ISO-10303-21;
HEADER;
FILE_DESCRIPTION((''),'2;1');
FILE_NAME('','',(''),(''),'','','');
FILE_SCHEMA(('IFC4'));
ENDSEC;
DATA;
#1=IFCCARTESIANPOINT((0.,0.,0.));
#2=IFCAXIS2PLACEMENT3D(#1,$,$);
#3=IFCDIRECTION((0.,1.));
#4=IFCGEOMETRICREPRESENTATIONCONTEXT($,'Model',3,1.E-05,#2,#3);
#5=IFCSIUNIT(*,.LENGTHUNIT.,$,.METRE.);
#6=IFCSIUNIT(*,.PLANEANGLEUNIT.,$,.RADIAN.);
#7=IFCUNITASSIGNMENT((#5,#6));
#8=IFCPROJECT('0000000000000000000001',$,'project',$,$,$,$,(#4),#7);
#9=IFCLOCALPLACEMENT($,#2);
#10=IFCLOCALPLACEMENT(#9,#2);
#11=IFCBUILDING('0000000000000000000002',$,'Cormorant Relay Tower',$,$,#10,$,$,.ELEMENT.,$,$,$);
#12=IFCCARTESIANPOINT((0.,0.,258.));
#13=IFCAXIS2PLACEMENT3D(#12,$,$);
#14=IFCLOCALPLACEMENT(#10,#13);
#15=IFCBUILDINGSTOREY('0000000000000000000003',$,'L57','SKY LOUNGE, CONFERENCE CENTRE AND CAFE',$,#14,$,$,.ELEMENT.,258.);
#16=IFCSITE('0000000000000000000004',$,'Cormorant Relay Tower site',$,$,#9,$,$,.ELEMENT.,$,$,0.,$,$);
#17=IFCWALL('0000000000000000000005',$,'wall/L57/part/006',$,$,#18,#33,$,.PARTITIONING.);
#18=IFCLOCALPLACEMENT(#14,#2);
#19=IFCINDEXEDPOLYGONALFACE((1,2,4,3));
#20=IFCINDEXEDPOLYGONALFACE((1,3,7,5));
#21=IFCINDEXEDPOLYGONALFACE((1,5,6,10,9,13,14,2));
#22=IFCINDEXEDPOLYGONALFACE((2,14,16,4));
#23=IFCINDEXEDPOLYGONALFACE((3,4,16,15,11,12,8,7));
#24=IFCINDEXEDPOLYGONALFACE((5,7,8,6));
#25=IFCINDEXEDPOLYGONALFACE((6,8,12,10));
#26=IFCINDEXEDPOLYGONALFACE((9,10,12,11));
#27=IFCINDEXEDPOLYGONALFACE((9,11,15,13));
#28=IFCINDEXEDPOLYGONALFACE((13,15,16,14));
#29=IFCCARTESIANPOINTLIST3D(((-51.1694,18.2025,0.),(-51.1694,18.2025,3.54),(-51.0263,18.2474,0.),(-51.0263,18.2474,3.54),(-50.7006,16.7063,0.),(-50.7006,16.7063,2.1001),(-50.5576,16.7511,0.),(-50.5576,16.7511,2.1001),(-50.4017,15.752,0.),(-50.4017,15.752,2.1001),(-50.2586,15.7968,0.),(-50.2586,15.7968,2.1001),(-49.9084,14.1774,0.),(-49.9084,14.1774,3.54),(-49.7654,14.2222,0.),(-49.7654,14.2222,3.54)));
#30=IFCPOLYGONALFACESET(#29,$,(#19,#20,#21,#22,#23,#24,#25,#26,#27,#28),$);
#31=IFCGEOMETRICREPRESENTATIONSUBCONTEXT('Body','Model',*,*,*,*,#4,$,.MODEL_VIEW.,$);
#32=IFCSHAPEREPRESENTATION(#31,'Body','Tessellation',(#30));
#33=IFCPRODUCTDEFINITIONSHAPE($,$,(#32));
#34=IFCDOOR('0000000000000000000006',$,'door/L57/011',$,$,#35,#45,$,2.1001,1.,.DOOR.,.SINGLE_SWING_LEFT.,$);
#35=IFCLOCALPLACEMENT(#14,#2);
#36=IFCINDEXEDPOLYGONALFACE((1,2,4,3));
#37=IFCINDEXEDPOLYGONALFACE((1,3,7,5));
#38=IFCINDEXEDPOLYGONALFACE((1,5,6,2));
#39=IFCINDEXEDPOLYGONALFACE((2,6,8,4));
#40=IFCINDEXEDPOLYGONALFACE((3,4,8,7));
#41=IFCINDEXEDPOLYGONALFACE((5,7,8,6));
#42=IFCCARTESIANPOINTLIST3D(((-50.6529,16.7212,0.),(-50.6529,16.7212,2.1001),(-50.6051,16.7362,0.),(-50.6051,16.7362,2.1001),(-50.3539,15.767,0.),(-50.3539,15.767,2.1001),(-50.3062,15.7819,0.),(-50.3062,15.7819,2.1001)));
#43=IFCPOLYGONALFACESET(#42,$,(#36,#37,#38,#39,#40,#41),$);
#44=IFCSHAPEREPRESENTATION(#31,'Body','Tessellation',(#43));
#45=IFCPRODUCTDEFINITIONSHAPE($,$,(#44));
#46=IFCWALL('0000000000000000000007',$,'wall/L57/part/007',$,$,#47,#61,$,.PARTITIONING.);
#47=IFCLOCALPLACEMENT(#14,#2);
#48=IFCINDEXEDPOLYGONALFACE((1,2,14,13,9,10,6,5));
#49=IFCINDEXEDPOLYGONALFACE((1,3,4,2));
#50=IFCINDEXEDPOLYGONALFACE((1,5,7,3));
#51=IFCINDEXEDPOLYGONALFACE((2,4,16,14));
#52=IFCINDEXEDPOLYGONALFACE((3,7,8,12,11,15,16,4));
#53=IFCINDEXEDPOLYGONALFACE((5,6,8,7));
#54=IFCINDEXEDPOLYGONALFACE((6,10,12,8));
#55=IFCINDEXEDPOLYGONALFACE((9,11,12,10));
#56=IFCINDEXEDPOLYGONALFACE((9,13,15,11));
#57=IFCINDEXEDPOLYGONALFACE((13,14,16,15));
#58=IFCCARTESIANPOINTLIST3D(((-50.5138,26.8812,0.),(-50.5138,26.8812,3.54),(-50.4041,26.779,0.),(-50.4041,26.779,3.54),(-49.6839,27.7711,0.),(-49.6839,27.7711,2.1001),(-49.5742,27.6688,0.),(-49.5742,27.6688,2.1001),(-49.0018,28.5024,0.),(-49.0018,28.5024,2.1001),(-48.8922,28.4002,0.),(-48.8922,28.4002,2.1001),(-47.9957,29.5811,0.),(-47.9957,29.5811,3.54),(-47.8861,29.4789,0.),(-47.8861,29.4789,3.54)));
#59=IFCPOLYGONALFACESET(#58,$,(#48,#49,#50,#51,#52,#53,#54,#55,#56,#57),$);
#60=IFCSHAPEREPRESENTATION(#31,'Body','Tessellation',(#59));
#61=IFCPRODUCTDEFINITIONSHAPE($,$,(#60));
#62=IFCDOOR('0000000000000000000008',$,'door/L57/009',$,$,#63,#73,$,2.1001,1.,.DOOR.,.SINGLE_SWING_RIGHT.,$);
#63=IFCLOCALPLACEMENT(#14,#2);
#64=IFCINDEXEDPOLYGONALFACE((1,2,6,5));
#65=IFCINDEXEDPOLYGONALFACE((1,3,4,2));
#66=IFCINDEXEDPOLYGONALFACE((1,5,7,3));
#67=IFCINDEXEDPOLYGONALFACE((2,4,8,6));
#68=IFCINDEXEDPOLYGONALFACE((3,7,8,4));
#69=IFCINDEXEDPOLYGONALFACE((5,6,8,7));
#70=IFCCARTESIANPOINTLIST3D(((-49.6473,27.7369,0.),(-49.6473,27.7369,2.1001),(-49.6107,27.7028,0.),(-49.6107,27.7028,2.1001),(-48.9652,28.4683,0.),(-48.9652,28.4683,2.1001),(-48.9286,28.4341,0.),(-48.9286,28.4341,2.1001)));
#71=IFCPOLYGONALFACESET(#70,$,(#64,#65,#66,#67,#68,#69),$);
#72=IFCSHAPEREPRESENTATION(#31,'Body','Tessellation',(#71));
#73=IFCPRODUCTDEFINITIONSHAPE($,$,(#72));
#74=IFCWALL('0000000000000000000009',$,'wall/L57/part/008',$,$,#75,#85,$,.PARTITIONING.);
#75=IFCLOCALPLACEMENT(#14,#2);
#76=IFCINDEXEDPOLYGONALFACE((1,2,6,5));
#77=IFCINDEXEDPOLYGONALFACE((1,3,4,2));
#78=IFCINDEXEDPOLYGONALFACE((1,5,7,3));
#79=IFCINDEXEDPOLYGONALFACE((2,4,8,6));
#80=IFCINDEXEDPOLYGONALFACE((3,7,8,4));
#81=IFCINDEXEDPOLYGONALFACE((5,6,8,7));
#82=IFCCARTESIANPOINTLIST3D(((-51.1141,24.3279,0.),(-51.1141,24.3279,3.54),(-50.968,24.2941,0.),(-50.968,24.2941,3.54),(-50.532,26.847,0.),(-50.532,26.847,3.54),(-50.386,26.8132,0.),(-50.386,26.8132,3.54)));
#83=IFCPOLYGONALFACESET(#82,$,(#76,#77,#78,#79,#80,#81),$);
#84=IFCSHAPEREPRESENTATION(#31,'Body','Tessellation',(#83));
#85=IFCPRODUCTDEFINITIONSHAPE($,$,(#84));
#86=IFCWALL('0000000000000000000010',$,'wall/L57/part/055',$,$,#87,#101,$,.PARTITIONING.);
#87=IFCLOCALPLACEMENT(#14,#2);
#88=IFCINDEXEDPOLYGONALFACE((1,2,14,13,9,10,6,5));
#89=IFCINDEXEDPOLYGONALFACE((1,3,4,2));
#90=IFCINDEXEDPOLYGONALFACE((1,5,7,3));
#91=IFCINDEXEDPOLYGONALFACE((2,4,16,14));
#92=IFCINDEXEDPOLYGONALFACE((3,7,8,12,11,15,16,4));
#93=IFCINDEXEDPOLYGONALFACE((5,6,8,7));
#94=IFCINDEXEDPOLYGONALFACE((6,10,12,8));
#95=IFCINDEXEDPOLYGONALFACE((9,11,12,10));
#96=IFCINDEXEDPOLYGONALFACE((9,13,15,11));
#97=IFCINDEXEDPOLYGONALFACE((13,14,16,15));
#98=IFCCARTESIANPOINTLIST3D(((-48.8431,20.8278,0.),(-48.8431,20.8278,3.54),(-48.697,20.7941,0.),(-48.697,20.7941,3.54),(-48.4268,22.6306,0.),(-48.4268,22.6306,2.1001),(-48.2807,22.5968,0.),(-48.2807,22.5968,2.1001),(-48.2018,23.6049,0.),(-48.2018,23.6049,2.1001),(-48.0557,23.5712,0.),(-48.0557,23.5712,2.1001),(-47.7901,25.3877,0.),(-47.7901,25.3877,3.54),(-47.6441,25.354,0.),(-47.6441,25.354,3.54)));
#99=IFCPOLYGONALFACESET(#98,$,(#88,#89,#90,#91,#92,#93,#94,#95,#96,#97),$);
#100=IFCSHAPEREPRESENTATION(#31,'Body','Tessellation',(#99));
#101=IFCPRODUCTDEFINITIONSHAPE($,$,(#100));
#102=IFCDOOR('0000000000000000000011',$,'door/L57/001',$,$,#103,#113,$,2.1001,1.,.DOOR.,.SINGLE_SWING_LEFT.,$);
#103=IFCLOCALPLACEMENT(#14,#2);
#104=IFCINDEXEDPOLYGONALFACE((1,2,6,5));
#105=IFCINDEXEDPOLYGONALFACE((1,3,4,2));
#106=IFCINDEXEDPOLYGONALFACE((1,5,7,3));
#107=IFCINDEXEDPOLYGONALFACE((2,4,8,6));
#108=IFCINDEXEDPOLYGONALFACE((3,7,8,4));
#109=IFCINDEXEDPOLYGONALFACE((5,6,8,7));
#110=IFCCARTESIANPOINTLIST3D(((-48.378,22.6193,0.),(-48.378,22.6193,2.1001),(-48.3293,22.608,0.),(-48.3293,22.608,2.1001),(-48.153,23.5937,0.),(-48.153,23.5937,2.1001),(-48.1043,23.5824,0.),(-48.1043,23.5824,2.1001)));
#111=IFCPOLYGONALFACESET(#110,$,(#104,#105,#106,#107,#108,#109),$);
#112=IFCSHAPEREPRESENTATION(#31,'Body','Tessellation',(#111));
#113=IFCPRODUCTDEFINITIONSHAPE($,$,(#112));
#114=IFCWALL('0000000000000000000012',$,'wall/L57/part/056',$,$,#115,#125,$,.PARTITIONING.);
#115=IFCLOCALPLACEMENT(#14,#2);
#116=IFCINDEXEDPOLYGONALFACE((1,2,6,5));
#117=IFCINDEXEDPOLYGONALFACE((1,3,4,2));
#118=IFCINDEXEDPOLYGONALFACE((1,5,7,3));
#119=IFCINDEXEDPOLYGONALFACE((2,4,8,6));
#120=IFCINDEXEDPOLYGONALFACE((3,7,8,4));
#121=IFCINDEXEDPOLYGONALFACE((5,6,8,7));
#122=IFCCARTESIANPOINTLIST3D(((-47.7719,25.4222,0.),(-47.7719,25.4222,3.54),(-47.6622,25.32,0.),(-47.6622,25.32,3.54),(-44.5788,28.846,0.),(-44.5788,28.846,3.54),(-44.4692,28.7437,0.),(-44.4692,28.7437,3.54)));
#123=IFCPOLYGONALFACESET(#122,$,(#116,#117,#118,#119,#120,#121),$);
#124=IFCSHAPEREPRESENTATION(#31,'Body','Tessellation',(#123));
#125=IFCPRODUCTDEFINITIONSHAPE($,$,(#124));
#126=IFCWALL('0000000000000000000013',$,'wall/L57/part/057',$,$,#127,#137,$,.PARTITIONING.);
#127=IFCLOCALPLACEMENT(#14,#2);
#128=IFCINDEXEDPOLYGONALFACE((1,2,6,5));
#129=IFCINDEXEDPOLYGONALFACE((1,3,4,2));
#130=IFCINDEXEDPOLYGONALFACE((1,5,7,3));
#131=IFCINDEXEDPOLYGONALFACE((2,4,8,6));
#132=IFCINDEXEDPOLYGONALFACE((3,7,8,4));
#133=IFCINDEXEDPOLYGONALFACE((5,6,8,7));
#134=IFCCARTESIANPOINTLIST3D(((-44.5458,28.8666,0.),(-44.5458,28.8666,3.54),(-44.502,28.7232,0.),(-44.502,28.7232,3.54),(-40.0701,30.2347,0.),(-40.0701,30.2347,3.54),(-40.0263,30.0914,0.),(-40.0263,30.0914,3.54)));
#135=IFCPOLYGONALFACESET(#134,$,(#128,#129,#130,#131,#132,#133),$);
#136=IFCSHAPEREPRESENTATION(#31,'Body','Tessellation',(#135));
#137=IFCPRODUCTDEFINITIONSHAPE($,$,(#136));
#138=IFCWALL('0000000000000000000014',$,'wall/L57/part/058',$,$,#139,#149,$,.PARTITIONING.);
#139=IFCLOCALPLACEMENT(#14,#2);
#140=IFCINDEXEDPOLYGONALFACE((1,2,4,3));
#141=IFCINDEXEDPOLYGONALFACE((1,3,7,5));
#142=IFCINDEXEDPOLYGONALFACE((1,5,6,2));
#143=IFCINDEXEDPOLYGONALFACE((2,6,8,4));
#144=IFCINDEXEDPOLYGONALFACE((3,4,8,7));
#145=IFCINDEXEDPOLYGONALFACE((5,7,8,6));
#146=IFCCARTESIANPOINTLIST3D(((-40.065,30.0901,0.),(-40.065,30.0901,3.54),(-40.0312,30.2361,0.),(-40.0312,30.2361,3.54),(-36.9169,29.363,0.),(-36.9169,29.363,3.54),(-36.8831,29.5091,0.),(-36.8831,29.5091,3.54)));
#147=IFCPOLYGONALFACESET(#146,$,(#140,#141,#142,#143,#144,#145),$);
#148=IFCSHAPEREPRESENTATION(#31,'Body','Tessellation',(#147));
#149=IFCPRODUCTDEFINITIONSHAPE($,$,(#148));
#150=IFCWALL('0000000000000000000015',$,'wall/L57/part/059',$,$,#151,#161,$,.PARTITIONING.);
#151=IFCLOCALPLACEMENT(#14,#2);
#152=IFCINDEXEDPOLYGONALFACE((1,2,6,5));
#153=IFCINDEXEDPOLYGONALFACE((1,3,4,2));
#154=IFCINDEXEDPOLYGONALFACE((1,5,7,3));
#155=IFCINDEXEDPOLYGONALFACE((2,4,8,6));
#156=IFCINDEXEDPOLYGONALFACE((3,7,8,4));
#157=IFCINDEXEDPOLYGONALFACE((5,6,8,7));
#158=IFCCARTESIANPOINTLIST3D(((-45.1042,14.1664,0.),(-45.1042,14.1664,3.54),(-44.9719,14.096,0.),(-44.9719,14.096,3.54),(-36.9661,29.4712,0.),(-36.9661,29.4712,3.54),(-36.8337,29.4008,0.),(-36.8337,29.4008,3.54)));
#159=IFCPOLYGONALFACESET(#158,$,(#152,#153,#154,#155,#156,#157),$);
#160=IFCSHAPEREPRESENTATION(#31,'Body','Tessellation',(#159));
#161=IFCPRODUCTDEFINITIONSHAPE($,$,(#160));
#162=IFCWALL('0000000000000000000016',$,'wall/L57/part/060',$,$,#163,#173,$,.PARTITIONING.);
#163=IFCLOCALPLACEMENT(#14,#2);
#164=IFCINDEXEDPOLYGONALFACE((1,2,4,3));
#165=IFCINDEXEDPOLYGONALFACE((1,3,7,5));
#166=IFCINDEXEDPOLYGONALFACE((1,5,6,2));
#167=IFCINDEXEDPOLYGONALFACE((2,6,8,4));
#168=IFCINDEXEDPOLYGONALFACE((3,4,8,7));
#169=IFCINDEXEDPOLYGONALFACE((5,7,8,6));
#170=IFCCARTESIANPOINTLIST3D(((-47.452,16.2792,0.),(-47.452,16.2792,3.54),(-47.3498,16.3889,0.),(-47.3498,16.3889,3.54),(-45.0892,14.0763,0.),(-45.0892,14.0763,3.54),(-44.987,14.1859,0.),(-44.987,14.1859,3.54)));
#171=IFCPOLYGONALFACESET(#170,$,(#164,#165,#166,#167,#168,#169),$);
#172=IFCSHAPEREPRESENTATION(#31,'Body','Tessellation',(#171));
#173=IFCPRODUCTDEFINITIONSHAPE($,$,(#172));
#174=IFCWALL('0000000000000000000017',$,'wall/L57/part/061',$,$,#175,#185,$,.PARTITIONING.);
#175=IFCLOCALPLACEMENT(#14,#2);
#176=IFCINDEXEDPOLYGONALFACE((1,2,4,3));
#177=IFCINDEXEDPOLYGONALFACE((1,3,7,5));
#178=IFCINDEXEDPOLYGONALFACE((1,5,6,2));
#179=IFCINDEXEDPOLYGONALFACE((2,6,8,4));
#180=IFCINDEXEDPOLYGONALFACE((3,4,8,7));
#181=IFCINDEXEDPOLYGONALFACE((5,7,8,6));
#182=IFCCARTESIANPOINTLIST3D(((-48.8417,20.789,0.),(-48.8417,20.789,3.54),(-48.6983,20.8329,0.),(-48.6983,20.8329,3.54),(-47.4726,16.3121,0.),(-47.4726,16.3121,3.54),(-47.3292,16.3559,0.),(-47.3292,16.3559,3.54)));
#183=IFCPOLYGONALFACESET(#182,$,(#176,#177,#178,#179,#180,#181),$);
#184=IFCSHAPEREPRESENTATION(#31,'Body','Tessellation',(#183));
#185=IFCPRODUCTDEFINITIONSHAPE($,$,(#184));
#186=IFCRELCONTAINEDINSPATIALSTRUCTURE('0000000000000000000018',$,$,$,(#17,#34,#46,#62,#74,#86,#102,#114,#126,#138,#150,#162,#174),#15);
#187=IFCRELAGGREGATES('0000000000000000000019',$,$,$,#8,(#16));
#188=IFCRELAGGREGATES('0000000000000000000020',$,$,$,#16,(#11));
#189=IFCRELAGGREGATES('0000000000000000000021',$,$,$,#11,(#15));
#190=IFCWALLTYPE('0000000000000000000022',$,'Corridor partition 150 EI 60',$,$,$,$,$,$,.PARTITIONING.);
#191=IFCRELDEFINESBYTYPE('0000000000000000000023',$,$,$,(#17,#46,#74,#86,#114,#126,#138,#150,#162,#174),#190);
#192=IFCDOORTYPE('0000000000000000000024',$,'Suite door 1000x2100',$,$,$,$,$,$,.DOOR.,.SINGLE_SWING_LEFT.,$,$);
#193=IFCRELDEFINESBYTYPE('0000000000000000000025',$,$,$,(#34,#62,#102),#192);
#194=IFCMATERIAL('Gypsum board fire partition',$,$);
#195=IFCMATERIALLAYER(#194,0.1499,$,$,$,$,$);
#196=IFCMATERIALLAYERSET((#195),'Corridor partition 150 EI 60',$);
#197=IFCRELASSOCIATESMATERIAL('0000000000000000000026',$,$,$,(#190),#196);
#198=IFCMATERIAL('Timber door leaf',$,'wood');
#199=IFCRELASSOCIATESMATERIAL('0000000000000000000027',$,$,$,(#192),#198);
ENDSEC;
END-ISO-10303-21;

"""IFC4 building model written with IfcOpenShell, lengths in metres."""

from ifc_helpers import new_model, si_unit, direction, frame, frame_2d, origin, place, context, subcontext, project, spatial, rectangle, extrude, material, layer, layer_set, type_object, element, fill, save


model = new_model("IFC4")

# Units and contexts
model_context = context("Model", 3, precision=1e-05, world=origin(), true_north=direction((0.0, 1.0)))
body_context = subcontext(model_context, "Body", "Model", "MODEL_VIEW")
ifc_project = project(units=[si_unit("LENGTHUNIT", "METRE"), si_unit("PLANEANGLEUNIT", "RADIAN")], contexts=[model_context])

# Site, building, storey
site_placement = place(None, origin())
site = spatial("IfcSite", under=ifc_project, at=site_placement, Name="Cormorant Relay Tower site", CompositionType="ELEMENT", RefElevation=0.0)
building_placement = place(site_placement, origin())
building = spatial("IfcBuilding", under=site, at=building_placement, Name="Cormorant Relay Tower", CompositionType="ELEMENT")
storey_placement = place(building_placement, frame((0.0, 0.0, 258.0)))
storey = spatial("IfcBuildingStorey", under=building, at=storey_placement, Name="L57", Description="SKY LOUNGE, CONFERENCE CENTRE AND CAFE", CompositionType="ELEMENT", Elevation=258.0)

# Shared definitions
ifc_material_1 = material(Name="Gypsum board fire partition")
ifc_layer_1 = layer(ifc_material_1, 0.1499)
ifc_layer_set_1 = layer_set([ifc_layer_1], Name="Corridor partition 150 EI 60")
wall_type_1 = type_object("IfcWallType", Name="Corridor partition 150 EI 60", PredefinedType="PARTITIONING", material=ifc_layer_set_1)
ifc_material_2 = material(Name="Timber door leaf", Category="wood")
door_type = type_object("IfcDoorType", Name="Suite door 1000x2100", OperationType="SINGLE_SWING_LEFT", PredefinedType="DOOR", material=ifc_material_2)

# Walls, openings, doors
wall_1_placement = place(storey_placement, frame((-49.8369, 14.2, 0.0), z_axis=(0.0, 0.0, 1.0), x_axis=(-0.298951, 0.954269, 0.0)))
wall_1 = element("IfcWall", 1, at=wall_1_placement, inside=storey, type_object=wall_type_1, Name="wall/L57/part/006", PredefinedType="PARTITIONING", context=body_context, shape_type="SweptSolid", body=[
    extrude(rectangle(XDim=4.218, YDim=0.1499, at=frame_2d((2.1089, 0.0))), origin(), (0.0, 0.0, 1.0), 3.54),
])
opening_1_placement = place(wall_1_placement, frame((1.6499, 0.0, 0.0)))
opening_1 = element("IfcOpeningElement", 2, at=opening_1_placement, cuts=wall_1, PredefinedType="OPENING", context=body_context, shape_type="SweptSolid", body=[
    extrude(rectangle(XDim=1.0, YDim=2.1001, at=frame_2d((0.5, 1.05))), frame((0.0, 0.085, 0.0), z_axis=(0.0, -1.0, 0.0), x_axis=(1.0, 0.0, 0.0)), (0.0, 0.0, 1.0), 0.1699),
])
door_1_placement = place(opening_1_placement, origin())
door_1 = element("IfcDoor", 3, at=door_1_placement, inside=storey, type_object=door_type, Name="door/L57/011", OperationType="SINGLE_SWING_LEFT", OverallHeight=2.1001, OverallWidth=1.0, PredefinedType="DOOR", context=body_context, shape_type="SweptSolid", body=[
    extrude(rectangle(XDim=1.0, YDim=2.1001, at=frame_2d((0.5, 1.05))), frame((0.0, 0.0249, 0.0), z_axis=(0.0, -1.0, 0.0), x_axis=(1.0, 0.0, 0.0)), (0.0, 0.0, 1.0), 0.05),
])
fill(opening_1, door_1)
wall_2_placement = place(storey_placement, frame((-47.9409, 29.53, 0.0), z_axis=(0.0, 0.0, 1.0), x_axis=(-0.682045, -0.73131, 0.0)))
wall_2 = element("IfcWall", 4, at=wall_2_placement, inside=storey, type_object=wall_type_1, Name="wall/L57/part/007", PredefinedType="PARTITIONING", context=body_context, shape_type="SweptSolid", body=[
    extrude(rectangle(XDim=3.6919, YDim=0.1499, at=frame_2d((1.8459, 0.0))), origin(), (0.0, 0.0, 1.0), 3.54),
])
opening_2_placement = place(wall_2_placement, frame((1.4751, 0.0, 0.0)))
opening_2 = element("IfcOpeningElement", 5, at=opening_2_placement, cuts=wall_2, PredefinedType="OPENING", context=body_context, shape_type="SweptSolid", body=[
    extrude(rectangle(XDim=1.0, YDim=2.1001, at=frame_2d((0.5, 1.05))), frame((0.0, 0.085, 0.0), z_axis=(0.0, -1.0, 0.0), x_axis=(1.0, 0.0, 0.0)), (0.0, 0.0, 1.0), 0.1699),
])
door_2_placement = place(opening_2_placement, frame((1.0, 0.0, 0.0), z_axis=(0.0, 0.0, 1.0), x_axis=(-1.0, 0.0, 0.0)))
door_2 = element("IfcDoor", 6, at=door_2_placement, inside=storey, type_object=door_type, Name="door/L57/009", OperationType="SINGLE_SWING_RIGHT", OverallHeight=2.1001, OverallWidth=1.0, PredefinedType="DOOR", context=body_context, shape_type="SweptSolid", body=[
    extrude(rectangle(XDim=1.0, YDim=2.1001, at=frame_2d((0.5, 1.05))), frame((0.0, 0.0249, 0.0), z_axis=(0.0, -1.0, 0.0), x_axis=(1.0, 0.0, 0.0)), (0.0, 0.0, 1.0), 0.05),
])
fill(opening_2, door_2)

# Wall
wall_3_placement = place(storey_placement, frame((-50.459, 26.8301, 0.0), z_axis=(0.0, 0.0, 1.0), x_axis=(-0.225122, -0.974331, 0.0)))
element("IfcWall", 7, at=wall_3_placement, inside=storey, type_object=wall_type_1, Name="wall/L57/part/008", PredefinedType="PARTITIONING", context=body_context, shape_type="SweptSolid", body=[
    extrude(rectangle(XDim=2.5854, YDim=0.1499, at=frame_2d((1.2927, 0.0))), origin(), (0.0, 0.0, 1.0), 3.54),
])

# Wall, opening, door
wall_4_placement = place(storey_placement, frame((-48.77, 20.811, 0.0), z_axis=(0.0, 0.0, 1.0), x_axis=(0.224993, 0.97436, 0.0)))
wall_4 = element("IfcWall", 8, at=wall_4_placement, inside=storey, type_object=wall_type_1, Name="wall/L57/part/055", PredefinedType="PARTITIONING", context=body_context, shape_type="SweptSolid", body=[
    extrude(rectangle(XDim=4.6799, YDim=0.1499, at=frame_2d((2.3398, 0.0))), origin(), (0.0, 0.0, 1.0), 3.54),
])
opening_3_placement = place(wall_4_placement, frame((1.8501, 0.0, 0.0)))
opening_3 = element("IfcOpeningElement", 9, at=opening_3_placement, cuts=wall_4, PredefinedType="OPENING", context=body_context, shape_type="SweptSolid", body=[
    extrude(rectangle(XDim=1.0, YDim=2.1001, at=frame_2d((0.5, 1.05))), frame((0.0, 0.085, 0.0), z_axis=(0.0, -1.0, 0.0), x_axis=(1.0, 0.0, 0.0)), (0.0, 0.0, 1.0), 0.1699),
])
door_3_placement = place(opening_3_placement, origin())
door_3 = element("IfcDoor", 10, at=door_3_placement, inside=storey, type_object=door_type, Name="door/L57/001", OperationType="SINGLE_SWING_LEFT", OverallHeight=2.1001, OverallWidth=1.0, PredefinedType="DOOR", context=body_context, shape_type="SweptSolid", body=[
    extrude(rectangle(XDim=1.0, YDim=2.1001, at=frame_2d((0.5, 1.05))), frame((0.0, 0.0249, 0.0), z_axis=(0.0, -1.0, 0.0), x_axis=(1.0, 0.0, 0.0)), (0.0, 0.0, 1.0), 0.05),
])
fill(opening_3, door_3)

# Walls
wall_5_placement = place(storey_placement, frame((-47.717, 25.3711, 0.0), z_axis=(0.0, 0.0, 1.0), x_axis=(0.682038, 0.731317, 0.0)))
element("IfcWall", 11, at=wall_5_placement, inside=storey, type_object=wall_type_1, Name="wall/L57/part/056", PredefinedType="PARTITIONING", context=body_context, shape_type="SweptSolid", body=[
    extrude(rectangle(XDim=4.6816, YDim=0.1499, at=frame_2d((2.3408, 0.0))), origin(), (0.0, 0.0, 1.0), 3.54),
])
wall_6_placement = place(storey_placement, frame((-44.5239, 28.7949, 0.0), z_axis=(0.0, 0.0, 1.0), x_axis=(0.956319, 0.292326, 0.0)))
element("IfcWall", 12, at=wall_6_placement, inside=storey, type_object=wall_type_1, Name="wall/L57/part/057", PredefinedType="PARTITIONING", context=body_context, shape_type="SweptSolid", body=[
    extrude(rectangle(XDim=4.6802, YDim=0.1499, at=frame_2d((2.3401, 0.0))), origin(), (0.0, 0.0, 1.0), 3.54),
])
wall_7_placement = place(storey_placement, frame((-40.0481, 30.1631, 0.0), z_axis=(0.0, 0.0, 1.0), x_axis=(0.974354, -0.22502, 0.0)))
element("IfcWall", 13, at=wall_7_placement, inside=storey, type_object=wall_type_1, Name="wall/L57/part/058", PredefinedType="PARTITIONING", context=body_context, shape_type="SweptSolid", body=[
    extrude(rectangle(XDim=3.231, YDim=0.1499, at=frame_2d((1.6155, 0.0))), origin(), (0.0, 0.0, 1.0), 3.54),
])
wall_8_placement = place(storey_placement, frame((-36.8999, 29.436, 0.0), z_axis=(0.0, 0.0, 1.0), x_axis=(-0.46949, -0.882938, 0.0)))
element("IfcWall", 14, at=wall_8_placement, inside=storey, type_object=wall_type_1, Name="wall/L57/part/059", PredefinedType="PARTITIONING", context=body_context, shape_type="SweptSolid", body=[
    extrude(rectangle(XDim=17.334, YDim=0.1499, at=frame_2d((8.667, 0.0))), origin(), (0.0, 0.0, 1.0), 3.54),
])
wall_9_placement = place(storey_placement, frame((-45.0381, 14.1311, 0.0), z_axis=(0.0, 0.0, 1.0), x_axis=(-0.731425, 0.681922, 0.0)))
element("IfcWall", 15, at=wall_9_placement, inside=storey, type_object=wall_type_1, Name="wall/L57/part/060", PredefinedType="PARTITIONING", context=body_context, shape_type="SweptSolid", body=[
    extrude(rectangle(XDim=3.2305, YDim=0.1499, at=frame_2d((1.6152, 0.0))), origin(), (0.0, 0.0, 1.0), 3.54),
])
wall_10_placement = place(storey_placement, frame((-47.4009, 16.334, 0.0), z_axis=(0.0, 0.0, 1.0), x_axis=(-0.292444, 0.956283, 0.0)))
element("IfcWall", 16, at=wall_10_placement, inside=storey, type_object=wall_type_1, Name="wall/L57/part/061", PredefinedType="PARTITIONING", context=body_context, shape_type="SweptSolid", body=[
    extrude(rectangle(XDim=4.6816, YDim=0.1499, at=frame_2d((2.3408, 0.0))), origin(), (0.0, 0.0, 1.0), 3.54),
])

save(model, "model.ifc")
